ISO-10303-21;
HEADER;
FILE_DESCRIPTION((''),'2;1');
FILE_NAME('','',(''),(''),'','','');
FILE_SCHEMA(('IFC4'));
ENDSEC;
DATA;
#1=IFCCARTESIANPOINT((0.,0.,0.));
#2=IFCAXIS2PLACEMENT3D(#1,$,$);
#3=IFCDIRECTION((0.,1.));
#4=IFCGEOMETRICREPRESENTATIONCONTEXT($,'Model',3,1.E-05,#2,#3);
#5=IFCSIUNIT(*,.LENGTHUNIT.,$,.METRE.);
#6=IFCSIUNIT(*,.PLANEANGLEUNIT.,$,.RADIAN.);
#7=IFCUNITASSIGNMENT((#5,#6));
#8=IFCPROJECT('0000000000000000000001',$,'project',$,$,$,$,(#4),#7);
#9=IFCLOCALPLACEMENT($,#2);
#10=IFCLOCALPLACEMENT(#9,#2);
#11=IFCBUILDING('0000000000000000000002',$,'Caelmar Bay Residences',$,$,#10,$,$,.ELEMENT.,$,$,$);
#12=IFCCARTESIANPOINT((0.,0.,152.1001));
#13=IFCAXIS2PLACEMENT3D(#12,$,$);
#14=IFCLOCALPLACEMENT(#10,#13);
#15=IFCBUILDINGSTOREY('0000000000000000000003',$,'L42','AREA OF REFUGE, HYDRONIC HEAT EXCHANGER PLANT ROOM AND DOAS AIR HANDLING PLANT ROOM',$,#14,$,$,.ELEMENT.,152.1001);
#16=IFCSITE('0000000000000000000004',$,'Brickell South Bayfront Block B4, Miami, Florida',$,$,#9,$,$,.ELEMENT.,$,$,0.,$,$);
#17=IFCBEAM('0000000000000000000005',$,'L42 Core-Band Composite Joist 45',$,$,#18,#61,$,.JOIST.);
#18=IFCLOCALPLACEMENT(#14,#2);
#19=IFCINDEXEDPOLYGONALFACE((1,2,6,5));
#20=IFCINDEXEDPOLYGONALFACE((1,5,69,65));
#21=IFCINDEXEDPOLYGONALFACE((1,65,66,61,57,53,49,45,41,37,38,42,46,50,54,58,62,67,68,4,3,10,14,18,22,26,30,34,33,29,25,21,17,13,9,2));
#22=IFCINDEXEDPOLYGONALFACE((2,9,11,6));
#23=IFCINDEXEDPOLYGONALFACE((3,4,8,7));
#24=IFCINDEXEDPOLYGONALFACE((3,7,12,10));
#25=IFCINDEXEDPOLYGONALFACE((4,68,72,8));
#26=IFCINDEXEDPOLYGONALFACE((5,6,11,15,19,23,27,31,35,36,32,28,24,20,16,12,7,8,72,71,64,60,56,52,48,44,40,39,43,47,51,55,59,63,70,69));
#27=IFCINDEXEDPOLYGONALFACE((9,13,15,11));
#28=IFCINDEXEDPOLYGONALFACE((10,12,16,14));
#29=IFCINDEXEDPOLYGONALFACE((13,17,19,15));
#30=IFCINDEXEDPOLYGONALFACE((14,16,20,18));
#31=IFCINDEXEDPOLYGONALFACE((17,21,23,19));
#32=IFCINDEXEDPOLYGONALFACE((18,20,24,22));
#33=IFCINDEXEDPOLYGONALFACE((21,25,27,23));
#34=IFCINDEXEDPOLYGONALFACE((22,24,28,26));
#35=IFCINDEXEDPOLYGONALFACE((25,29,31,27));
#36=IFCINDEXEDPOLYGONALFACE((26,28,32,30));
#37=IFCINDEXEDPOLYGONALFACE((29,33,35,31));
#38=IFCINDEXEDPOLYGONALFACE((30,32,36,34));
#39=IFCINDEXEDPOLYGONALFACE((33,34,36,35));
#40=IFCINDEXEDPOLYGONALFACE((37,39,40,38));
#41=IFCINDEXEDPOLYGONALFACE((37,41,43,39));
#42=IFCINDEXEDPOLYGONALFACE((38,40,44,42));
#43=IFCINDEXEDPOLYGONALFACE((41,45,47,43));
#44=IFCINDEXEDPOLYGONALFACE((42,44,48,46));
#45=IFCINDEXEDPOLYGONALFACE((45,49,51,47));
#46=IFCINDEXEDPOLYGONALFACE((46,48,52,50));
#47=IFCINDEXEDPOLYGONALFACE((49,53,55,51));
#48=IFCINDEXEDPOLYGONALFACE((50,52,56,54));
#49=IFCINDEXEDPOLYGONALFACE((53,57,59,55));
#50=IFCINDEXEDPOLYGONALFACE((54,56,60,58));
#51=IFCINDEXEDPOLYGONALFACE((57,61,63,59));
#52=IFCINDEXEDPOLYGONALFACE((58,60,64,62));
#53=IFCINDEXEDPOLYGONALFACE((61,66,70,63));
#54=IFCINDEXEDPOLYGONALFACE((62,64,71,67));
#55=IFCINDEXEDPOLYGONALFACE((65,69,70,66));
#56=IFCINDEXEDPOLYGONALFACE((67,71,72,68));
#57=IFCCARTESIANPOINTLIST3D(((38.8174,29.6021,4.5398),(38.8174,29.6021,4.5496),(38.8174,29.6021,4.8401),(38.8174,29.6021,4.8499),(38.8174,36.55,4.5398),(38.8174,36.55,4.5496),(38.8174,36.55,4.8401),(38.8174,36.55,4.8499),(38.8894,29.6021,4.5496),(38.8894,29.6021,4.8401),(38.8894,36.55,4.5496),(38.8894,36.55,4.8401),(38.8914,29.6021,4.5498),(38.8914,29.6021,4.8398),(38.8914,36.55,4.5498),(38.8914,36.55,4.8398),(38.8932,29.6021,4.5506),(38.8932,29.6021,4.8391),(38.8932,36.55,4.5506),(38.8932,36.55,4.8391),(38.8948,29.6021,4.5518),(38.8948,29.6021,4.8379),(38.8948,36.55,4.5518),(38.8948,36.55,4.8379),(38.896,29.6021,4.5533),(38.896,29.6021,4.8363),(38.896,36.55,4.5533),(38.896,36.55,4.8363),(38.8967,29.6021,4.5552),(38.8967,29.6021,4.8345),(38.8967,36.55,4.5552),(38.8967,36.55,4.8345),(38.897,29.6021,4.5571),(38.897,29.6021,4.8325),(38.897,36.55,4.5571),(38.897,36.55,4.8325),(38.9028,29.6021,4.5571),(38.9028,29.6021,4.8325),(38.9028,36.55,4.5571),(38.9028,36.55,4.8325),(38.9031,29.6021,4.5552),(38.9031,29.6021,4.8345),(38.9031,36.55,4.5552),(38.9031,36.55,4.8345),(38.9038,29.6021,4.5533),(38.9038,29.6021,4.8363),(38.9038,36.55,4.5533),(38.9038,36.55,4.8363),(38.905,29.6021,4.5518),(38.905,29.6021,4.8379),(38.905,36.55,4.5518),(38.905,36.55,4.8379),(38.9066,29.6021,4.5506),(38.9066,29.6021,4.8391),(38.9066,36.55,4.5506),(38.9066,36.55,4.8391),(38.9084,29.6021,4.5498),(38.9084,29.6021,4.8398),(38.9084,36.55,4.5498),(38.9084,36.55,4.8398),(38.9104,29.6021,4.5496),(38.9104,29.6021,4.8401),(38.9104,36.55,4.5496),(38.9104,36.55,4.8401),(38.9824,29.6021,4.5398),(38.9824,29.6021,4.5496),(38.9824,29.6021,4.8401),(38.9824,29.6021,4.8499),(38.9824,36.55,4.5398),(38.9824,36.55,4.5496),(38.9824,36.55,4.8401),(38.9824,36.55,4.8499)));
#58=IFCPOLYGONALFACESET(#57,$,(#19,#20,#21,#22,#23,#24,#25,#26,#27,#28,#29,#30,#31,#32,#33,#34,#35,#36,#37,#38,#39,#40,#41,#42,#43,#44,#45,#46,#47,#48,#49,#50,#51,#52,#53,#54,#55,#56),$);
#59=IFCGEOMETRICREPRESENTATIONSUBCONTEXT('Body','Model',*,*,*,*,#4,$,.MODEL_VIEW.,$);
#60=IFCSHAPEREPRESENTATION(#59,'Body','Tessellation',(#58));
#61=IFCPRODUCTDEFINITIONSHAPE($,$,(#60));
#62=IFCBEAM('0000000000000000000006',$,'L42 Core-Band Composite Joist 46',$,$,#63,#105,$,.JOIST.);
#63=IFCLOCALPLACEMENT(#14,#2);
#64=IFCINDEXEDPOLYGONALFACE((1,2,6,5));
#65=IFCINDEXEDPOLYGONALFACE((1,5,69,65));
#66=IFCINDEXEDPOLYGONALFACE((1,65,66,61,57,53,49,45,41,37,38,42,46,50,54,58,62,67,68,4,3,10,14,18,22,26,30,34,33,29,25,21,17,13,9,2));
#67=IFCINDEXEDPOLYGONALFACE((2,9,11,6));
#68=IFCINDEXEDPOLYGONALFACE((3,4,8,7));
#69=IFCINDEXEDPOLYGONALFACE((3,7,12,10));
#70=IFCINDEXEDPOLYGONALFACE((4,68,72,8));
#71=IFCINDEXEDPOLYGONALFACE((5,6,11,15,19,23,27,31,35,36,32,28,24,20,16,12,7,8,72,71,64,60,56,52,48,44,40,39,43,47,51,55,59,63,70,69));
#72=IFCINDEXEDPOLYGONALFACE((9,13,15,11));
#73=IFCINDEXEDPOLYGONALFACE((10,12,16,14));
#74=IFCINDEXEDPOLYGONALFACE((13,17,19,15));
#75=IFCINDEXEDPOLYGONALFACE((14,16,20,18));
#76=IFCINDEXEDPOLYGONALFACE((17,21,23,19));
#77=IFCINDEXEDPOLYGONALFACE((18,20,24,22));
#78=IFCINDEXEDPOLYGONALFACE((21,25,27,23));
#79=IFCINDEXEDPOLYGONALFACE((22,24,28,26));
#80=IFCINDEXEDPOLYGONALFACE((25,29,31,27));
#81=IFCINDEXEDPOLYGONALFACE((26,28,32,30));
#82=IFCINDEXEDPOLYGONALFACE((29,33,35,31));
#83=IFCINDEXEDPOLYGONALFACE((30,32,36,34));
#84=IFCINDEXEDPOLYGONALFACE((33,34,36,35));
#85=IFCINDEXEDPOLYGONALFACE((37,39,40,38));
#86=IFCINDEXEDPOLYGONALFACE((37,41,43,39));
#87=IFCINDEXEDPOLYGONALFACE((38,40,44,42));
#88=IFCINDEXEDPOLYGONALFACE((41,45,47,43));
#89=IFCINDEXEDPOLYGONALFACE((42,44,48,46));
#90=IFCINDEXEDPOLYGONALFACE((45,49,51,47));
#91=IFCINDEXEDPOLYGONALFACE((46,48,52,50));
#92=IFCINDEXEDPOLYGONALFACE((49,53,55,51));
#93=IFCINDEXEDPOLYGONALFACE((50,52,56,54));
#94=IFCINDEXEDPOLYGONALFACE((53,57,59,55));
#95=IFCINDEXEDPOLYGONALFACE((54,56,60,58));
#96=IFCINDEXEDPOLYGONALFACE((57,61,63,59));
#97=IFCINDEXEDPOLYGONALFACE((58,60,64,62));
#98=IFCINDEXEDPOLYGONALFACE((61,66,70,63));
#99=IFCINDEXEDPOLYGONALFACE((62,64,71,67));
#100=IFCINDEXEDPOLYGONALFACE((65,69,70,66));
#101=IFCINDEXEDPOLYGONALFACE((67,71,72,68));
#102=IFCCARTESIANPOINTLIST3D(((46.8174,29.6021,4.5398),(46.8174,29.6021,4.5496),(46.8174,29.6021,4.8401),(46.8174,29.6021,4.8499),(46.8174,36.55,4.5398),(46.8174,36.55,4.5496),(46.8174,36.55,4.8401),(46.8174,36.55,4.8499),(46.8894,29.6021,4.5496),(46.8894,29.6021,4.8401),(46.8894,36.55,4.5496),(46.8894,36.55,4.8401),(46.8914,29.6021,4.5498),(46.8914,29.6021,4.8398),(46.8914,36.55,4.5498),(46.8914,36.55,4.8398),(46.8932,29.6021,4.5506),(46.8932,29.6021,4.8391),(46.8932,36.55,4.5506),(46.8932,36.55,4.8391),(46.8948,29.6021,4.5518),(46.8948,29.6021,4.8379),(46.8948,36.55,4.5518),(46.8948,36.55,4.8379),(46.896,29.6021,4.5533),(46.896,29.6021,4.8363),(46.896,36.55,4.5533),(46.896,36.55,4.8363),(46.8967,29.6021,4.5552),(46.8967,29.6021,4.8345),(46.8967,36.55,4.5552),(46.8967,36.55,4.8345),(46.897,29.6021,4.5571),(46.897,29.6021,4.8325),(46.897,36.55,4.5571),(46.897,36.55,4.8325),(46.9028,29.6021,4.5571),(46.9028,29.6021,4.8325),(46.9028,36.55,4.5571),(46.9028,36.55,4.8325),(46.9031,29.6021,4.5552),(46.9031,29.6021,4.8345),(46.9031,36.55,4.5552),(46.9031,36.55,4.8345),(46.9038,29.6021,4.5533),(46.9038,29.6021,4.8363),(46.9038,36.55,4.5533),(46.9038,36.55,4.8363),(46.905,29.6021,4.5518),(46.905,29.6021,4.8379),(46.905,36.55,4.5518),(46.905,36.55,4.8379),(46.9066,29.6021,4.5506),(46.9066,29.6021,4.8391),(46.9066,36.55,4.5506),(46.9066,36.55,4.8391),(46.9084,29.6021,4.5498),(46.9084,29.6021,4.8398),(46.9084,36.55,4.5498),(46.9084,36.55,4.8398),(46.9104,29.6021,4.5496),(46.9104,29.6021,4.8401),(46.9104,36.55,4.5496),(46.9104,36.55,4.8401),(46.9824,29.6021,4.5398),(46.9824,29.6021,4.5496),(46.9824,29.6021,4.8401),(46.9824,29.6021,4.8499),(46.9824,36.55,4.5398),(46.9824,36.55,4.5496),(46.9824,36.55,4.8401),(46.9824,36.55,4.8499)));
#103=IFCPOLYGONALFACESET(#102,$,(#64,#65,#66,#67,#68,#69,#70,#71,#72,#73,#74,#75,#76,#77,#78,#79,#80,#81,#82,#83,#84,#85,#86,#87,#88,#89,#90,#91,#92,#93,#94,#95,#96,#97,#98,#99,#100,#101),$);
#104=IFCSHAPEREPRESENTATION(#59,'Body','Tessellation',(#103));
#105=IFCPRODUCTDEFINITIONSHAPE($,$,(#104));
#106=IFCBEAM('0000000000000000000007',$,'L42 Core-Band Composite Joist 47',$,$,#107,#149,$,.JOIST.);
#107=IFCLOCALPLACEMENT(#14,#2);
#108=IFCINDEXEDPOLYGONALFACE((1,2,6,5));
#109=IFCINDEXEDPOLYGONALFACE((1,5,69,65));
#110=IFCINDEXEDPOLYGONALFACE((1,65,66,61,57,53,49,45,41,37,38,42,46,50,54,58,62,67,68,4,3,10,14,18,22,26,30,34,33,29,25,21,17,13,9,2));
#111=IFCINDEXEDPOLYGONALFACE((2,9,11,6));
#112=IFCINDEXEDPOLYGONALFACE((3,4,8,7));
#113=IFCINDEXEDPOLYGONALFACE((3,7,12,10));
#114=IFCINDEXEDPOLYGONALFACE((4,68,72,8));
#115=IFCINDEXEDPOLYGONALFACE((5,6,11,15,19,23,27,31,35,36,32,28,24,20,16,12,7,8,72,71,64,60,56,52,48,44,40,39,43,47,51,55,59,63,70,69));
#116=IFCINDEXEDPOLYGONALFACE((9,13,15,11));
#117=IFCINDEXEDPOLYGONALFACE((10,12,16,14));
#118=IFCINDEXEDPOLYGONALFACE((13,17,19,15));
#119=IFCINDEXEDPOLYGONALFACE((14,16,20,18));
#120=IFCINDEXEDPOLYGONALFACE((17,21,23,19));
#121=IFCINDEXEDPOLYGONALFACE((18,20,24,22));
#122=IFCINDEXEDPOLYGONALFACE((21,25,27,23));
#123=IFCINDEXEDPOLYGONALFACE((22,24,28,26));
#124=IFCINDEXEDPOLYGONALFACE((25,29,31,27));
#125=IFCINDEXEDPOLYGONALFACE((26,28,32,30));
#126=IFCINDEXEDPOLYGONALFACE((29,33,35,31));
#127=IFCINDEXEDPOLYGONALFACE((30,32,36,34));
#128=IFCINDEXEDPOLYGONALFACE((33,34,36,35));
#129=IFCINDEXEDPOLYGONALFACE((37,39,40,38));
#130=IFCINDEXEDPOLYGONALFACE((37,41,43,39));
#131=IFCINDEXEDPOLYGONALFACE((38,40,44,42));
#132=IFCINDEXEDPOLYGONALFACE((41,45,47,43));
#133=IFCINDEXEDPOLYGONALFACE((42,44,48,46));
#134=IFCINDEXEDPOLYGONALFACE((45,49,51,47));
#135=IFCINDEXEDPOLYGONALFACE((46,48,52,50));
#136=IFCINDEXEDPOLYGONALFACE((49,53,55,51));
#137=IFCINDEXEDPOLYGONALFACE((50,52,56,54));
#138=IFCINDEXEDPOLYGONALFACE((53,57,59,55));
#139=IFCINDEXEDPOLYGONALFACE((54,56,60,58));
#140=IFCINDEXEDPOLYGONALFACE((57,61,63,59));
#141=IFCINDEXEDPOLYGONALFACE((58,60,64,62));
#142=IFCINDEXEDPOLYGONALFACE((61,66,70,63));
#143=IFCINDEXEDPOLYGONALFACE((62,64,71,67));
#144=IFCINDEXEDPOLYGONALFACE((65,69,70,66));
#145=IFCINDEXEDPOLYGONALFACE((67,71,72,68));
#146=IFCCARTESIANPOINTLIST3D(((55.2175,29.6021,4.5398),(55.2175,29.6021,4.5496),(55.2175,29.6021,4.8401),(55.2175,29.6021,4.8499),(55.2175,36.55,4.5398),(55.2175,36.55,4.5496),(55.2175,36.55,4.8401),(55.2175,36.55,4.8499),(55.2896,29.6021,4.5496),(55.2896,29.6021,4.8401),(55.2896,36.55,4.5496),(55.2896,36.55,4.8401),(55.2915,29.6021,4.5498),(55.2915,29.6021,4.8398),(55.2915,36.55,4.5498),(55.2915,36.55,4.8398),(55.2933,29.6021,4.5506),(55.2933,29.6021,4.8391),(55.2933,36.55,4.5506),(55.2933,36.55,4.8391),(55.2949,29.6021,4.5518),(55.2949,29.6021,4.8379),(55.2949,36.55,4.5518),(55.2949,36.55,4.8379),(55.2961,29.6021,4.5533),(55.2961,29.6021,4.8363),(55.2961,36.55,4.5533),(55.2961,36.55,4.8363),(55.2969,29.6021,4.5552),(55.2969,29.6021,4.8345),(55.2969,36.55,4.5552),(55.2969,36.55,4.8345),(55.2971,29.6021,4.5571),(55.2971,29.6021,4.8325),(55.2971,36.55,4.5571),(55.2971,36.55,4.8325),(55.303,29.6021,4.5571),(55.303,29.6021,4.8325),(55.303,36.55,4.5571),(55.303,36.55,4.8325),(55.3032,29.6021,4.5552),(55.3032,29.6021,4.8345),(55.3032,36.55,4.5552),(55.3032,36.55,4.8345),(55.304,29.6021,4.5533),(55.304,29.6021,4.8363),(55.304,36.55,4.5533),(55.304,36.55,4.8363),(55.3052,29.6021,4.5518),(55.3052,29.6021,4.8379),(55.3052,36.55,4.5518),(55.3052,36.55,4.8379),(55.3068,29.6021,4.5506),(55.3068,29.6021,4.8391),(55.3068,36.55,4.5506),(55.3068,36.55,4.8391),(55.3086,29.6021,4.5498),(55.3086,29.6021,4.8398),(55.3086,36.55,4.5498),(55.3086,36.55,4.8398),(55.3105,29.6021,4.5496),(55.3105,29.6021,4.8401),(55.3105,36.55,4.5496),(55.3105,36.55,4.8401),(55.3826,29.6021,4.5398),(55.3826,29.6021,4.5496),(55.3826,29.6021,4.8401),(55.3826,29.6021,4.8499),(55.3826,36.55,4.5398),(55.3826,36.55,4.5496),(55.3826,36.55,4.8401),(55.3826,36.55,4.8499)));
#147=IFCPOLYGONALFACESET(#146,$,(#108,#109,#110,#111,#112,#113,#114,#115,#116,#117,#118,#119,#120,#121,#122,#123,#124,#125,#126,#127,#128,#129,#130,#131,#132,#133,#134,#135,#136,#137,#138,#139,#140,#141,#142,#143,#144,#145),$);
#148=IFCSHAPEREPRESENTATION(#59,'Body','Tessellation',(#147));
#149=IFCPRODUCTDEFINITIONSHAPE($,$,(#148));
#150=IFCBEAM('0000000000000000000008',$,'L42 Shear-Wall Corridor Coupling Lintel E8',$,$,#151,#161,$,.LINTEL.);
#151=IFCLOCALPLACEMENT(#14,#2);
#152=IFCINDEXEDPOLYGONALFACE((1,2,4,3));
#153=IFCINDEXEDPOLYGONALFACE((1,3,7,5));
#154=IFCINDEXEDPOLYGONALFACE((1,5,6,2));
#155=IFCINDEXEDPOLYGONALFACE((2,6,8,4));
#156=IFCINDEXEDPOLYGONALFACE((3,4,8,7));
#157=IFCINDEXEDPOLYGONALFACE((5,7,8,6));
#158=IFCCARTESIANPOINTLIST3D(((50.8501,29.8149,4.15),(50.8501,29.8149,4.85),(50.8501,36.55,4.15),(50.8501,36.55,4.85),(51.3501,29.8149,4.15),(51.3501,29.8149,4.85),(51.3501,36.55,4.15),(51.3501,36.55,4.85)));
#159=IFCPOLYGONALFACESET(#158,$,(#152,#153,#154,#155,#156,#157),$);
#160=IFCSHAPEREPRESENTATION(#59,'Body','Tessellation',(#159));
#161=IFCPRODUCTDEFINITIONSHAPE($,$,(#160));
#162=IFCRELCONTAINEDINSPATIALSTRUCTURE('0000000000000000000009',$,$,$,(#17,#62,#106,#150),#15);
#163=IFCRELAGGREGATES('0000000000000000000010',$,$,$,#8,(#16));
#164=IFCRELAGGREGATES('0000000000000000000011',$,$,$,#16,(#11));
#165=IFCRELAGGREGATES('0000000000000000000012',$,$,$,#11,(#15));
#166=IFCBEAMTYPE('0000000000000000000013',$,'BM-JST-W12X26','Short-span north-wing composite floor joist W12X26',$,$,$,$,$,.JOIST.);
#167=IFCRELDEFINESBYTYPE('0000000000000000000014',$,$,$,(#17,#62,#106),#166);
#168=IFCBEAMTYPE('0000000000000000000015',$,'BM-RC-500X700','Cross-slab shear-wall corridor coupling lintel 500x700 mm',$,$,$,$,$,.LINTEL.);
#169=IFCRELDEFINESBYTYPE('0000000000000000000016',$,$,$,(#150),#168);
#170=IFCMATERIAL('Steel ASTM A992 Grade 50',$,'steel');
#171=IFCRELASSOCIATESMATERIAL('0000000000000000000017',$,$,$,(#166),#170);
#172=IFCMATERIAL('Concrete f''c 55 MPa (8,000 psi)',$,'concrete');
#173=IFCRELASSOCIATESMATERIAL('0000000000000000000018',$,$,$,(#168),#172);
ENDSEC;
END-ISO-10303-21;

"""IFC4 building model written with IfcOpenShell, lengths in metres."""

from ifc_helpers import new_model, si_unit, direction, frame, origin, origin_2d, place, context, subcontext, project, spatial, rectangle, i_section, extrude, material, material_profile, profile_set, type_object, element, save


model = new_model("IFC4")

# Units and contexts
model_context = context("Model", 3, precision=1e-05, world=origin(), true_north=direction((0.0, 1.0)))
body_context = subcontext(model_context, "Body", "Model", "MODEL_VIEW")
ifc_project = project(units=[si_unit("LENGTHUNIT", "METRE"), si_unit("PLANEANGLEUNIT", "RADIAN")], contexts=[model_context])

# Site, building, storey
site_placement = place(None, origin())
site = spatial("IfcSite", under=ifc_project, at=site_placement, Name="Brickell South Bayfront Block B4, Miami, Florida", CompositionType="ELEMENT", RefElevation=0.0)
building_placement = place(site_placement, origin())
building = spatial("IfcBuilding", under=site, at=building_placement, Name="Caelmar Bay Residences", CompositionType="ELEMENT")
storey_placement = place(building_placement, frame((0.0, 0.0, 152.1001)))
storey = spatial("IfcBuildingStorey", under=building, at=storey_placement, Name="L42", Description="AREA OF REFUGE, HYDRONIC HEAT EXCHANGER PLANT ROOM AND DOAS AIR HANDLING PLANT ROOM", CompositionType="ELEMENT", Elevation=152.1001)

# Beams
ifc_material_1 = material(Name="Steel ASTM A992 Grade 50", Category="steel")
ifc_material_profile_1 = material_profile(ifc_material_1, i_section(OverallWidth=0.165, OverallDepth=0.3101, WebThickness=0.0059, FlangeThickness=0.0098, FilletRadius=0.0076, at=origin_2d()), Name="W12X26")
ifc_profile_set_1 = profile_set([ifc_material_profile_1], Name="Steel ASTM A992 Grade 50")
beam_type_1 = type_object("IfcBeamType", Name="BM-JST-W12X26", Description="Short-span north-wing composite floor joist W12X26", PredefinedType="JOIST", material=ifc_profile_set_1)
for number, where, z_axis, x_axis, name in (
    (1, (38.8999, 29.6021, 4.6948), (0.0, 1.0, 0.0), (-1.0, 0.0, 0.0), "L42 Core-Band Composite Joist 45"),
    (2, (46.8999, 29.6021, 4.6948), (0.0, 1.0, 0.0), (-1.0, 0.0, 0.0), "L42 Core-Band Composite Joist 46"),
    (3, (55.3, 29.6021, 4.6948), (0.0, 1.0, 0.0), (-1.0, 0.0, 0.0), "L42 Core-Band Composite Joist 47"),
):
    element("IfcBeam", number, at=place(storey_placement, frame(where, z_axis=z_axis, x_axis=x_axis)), inside=storey, type_object=beam_type_1, Name=name, PredefinedType="JOIST", context=body_context, shape_type="SweptSolid", body=[
        extrude(i_section(OverallWidth=0.165, OverallDepth=0.3101, WebThickness=0.0059, FlangeThickness=0.0098, FilletRadius=0.0076, at=origin_2d()), origin(), (0.0, 0.0, 1.0), 6.948),
    ])
ifc_material_2 = material(Name="Concrete f'c 55 MPa (8,000 psi)", Category="concrete")
ifc_material_profile_2 = material_profile(ifc_material_2, rectangle(XDim=0.5, YDim=0.7, at=origin_2d()), Name="RC-BM-500X700")
ifc_profile_set_2 = profile_set([ifc_material_profile_2], Name="Concrete f'c 55 MPa (8,000 psi)")
beam_type_2 = type_object("IfcBeamType", Name="BM-RC-500X700", Description="Cross-slab shear-wall corridor coupling lintel 500x700 mm", PredefinedType="LINTEL", material=ifc_profile_set_2)
beam_1_placement = place(storey_placement, frame((51.1001, 29.8149, 4.5), z_axis=(0.0, 1.0, 0.0), x_axis=(-1.0, 0.0, 0.0)))
element("IfcBeam", 4, at=beam_1_placement, inside=storey, type_object=beam_type_2, Name="L42 Shear-Wall Corridor Coupling Lintel E8", PredefinedType="LINTEL", context=body_context, shape_type="SweptSolid", body=[
    extrude(rectangle(XDim=0.5, YDim=0.7, at=origin_2d()), origin(), (0.0, 0.0, 1.0), 6.7351),
])

save(model, "model.ifc")
